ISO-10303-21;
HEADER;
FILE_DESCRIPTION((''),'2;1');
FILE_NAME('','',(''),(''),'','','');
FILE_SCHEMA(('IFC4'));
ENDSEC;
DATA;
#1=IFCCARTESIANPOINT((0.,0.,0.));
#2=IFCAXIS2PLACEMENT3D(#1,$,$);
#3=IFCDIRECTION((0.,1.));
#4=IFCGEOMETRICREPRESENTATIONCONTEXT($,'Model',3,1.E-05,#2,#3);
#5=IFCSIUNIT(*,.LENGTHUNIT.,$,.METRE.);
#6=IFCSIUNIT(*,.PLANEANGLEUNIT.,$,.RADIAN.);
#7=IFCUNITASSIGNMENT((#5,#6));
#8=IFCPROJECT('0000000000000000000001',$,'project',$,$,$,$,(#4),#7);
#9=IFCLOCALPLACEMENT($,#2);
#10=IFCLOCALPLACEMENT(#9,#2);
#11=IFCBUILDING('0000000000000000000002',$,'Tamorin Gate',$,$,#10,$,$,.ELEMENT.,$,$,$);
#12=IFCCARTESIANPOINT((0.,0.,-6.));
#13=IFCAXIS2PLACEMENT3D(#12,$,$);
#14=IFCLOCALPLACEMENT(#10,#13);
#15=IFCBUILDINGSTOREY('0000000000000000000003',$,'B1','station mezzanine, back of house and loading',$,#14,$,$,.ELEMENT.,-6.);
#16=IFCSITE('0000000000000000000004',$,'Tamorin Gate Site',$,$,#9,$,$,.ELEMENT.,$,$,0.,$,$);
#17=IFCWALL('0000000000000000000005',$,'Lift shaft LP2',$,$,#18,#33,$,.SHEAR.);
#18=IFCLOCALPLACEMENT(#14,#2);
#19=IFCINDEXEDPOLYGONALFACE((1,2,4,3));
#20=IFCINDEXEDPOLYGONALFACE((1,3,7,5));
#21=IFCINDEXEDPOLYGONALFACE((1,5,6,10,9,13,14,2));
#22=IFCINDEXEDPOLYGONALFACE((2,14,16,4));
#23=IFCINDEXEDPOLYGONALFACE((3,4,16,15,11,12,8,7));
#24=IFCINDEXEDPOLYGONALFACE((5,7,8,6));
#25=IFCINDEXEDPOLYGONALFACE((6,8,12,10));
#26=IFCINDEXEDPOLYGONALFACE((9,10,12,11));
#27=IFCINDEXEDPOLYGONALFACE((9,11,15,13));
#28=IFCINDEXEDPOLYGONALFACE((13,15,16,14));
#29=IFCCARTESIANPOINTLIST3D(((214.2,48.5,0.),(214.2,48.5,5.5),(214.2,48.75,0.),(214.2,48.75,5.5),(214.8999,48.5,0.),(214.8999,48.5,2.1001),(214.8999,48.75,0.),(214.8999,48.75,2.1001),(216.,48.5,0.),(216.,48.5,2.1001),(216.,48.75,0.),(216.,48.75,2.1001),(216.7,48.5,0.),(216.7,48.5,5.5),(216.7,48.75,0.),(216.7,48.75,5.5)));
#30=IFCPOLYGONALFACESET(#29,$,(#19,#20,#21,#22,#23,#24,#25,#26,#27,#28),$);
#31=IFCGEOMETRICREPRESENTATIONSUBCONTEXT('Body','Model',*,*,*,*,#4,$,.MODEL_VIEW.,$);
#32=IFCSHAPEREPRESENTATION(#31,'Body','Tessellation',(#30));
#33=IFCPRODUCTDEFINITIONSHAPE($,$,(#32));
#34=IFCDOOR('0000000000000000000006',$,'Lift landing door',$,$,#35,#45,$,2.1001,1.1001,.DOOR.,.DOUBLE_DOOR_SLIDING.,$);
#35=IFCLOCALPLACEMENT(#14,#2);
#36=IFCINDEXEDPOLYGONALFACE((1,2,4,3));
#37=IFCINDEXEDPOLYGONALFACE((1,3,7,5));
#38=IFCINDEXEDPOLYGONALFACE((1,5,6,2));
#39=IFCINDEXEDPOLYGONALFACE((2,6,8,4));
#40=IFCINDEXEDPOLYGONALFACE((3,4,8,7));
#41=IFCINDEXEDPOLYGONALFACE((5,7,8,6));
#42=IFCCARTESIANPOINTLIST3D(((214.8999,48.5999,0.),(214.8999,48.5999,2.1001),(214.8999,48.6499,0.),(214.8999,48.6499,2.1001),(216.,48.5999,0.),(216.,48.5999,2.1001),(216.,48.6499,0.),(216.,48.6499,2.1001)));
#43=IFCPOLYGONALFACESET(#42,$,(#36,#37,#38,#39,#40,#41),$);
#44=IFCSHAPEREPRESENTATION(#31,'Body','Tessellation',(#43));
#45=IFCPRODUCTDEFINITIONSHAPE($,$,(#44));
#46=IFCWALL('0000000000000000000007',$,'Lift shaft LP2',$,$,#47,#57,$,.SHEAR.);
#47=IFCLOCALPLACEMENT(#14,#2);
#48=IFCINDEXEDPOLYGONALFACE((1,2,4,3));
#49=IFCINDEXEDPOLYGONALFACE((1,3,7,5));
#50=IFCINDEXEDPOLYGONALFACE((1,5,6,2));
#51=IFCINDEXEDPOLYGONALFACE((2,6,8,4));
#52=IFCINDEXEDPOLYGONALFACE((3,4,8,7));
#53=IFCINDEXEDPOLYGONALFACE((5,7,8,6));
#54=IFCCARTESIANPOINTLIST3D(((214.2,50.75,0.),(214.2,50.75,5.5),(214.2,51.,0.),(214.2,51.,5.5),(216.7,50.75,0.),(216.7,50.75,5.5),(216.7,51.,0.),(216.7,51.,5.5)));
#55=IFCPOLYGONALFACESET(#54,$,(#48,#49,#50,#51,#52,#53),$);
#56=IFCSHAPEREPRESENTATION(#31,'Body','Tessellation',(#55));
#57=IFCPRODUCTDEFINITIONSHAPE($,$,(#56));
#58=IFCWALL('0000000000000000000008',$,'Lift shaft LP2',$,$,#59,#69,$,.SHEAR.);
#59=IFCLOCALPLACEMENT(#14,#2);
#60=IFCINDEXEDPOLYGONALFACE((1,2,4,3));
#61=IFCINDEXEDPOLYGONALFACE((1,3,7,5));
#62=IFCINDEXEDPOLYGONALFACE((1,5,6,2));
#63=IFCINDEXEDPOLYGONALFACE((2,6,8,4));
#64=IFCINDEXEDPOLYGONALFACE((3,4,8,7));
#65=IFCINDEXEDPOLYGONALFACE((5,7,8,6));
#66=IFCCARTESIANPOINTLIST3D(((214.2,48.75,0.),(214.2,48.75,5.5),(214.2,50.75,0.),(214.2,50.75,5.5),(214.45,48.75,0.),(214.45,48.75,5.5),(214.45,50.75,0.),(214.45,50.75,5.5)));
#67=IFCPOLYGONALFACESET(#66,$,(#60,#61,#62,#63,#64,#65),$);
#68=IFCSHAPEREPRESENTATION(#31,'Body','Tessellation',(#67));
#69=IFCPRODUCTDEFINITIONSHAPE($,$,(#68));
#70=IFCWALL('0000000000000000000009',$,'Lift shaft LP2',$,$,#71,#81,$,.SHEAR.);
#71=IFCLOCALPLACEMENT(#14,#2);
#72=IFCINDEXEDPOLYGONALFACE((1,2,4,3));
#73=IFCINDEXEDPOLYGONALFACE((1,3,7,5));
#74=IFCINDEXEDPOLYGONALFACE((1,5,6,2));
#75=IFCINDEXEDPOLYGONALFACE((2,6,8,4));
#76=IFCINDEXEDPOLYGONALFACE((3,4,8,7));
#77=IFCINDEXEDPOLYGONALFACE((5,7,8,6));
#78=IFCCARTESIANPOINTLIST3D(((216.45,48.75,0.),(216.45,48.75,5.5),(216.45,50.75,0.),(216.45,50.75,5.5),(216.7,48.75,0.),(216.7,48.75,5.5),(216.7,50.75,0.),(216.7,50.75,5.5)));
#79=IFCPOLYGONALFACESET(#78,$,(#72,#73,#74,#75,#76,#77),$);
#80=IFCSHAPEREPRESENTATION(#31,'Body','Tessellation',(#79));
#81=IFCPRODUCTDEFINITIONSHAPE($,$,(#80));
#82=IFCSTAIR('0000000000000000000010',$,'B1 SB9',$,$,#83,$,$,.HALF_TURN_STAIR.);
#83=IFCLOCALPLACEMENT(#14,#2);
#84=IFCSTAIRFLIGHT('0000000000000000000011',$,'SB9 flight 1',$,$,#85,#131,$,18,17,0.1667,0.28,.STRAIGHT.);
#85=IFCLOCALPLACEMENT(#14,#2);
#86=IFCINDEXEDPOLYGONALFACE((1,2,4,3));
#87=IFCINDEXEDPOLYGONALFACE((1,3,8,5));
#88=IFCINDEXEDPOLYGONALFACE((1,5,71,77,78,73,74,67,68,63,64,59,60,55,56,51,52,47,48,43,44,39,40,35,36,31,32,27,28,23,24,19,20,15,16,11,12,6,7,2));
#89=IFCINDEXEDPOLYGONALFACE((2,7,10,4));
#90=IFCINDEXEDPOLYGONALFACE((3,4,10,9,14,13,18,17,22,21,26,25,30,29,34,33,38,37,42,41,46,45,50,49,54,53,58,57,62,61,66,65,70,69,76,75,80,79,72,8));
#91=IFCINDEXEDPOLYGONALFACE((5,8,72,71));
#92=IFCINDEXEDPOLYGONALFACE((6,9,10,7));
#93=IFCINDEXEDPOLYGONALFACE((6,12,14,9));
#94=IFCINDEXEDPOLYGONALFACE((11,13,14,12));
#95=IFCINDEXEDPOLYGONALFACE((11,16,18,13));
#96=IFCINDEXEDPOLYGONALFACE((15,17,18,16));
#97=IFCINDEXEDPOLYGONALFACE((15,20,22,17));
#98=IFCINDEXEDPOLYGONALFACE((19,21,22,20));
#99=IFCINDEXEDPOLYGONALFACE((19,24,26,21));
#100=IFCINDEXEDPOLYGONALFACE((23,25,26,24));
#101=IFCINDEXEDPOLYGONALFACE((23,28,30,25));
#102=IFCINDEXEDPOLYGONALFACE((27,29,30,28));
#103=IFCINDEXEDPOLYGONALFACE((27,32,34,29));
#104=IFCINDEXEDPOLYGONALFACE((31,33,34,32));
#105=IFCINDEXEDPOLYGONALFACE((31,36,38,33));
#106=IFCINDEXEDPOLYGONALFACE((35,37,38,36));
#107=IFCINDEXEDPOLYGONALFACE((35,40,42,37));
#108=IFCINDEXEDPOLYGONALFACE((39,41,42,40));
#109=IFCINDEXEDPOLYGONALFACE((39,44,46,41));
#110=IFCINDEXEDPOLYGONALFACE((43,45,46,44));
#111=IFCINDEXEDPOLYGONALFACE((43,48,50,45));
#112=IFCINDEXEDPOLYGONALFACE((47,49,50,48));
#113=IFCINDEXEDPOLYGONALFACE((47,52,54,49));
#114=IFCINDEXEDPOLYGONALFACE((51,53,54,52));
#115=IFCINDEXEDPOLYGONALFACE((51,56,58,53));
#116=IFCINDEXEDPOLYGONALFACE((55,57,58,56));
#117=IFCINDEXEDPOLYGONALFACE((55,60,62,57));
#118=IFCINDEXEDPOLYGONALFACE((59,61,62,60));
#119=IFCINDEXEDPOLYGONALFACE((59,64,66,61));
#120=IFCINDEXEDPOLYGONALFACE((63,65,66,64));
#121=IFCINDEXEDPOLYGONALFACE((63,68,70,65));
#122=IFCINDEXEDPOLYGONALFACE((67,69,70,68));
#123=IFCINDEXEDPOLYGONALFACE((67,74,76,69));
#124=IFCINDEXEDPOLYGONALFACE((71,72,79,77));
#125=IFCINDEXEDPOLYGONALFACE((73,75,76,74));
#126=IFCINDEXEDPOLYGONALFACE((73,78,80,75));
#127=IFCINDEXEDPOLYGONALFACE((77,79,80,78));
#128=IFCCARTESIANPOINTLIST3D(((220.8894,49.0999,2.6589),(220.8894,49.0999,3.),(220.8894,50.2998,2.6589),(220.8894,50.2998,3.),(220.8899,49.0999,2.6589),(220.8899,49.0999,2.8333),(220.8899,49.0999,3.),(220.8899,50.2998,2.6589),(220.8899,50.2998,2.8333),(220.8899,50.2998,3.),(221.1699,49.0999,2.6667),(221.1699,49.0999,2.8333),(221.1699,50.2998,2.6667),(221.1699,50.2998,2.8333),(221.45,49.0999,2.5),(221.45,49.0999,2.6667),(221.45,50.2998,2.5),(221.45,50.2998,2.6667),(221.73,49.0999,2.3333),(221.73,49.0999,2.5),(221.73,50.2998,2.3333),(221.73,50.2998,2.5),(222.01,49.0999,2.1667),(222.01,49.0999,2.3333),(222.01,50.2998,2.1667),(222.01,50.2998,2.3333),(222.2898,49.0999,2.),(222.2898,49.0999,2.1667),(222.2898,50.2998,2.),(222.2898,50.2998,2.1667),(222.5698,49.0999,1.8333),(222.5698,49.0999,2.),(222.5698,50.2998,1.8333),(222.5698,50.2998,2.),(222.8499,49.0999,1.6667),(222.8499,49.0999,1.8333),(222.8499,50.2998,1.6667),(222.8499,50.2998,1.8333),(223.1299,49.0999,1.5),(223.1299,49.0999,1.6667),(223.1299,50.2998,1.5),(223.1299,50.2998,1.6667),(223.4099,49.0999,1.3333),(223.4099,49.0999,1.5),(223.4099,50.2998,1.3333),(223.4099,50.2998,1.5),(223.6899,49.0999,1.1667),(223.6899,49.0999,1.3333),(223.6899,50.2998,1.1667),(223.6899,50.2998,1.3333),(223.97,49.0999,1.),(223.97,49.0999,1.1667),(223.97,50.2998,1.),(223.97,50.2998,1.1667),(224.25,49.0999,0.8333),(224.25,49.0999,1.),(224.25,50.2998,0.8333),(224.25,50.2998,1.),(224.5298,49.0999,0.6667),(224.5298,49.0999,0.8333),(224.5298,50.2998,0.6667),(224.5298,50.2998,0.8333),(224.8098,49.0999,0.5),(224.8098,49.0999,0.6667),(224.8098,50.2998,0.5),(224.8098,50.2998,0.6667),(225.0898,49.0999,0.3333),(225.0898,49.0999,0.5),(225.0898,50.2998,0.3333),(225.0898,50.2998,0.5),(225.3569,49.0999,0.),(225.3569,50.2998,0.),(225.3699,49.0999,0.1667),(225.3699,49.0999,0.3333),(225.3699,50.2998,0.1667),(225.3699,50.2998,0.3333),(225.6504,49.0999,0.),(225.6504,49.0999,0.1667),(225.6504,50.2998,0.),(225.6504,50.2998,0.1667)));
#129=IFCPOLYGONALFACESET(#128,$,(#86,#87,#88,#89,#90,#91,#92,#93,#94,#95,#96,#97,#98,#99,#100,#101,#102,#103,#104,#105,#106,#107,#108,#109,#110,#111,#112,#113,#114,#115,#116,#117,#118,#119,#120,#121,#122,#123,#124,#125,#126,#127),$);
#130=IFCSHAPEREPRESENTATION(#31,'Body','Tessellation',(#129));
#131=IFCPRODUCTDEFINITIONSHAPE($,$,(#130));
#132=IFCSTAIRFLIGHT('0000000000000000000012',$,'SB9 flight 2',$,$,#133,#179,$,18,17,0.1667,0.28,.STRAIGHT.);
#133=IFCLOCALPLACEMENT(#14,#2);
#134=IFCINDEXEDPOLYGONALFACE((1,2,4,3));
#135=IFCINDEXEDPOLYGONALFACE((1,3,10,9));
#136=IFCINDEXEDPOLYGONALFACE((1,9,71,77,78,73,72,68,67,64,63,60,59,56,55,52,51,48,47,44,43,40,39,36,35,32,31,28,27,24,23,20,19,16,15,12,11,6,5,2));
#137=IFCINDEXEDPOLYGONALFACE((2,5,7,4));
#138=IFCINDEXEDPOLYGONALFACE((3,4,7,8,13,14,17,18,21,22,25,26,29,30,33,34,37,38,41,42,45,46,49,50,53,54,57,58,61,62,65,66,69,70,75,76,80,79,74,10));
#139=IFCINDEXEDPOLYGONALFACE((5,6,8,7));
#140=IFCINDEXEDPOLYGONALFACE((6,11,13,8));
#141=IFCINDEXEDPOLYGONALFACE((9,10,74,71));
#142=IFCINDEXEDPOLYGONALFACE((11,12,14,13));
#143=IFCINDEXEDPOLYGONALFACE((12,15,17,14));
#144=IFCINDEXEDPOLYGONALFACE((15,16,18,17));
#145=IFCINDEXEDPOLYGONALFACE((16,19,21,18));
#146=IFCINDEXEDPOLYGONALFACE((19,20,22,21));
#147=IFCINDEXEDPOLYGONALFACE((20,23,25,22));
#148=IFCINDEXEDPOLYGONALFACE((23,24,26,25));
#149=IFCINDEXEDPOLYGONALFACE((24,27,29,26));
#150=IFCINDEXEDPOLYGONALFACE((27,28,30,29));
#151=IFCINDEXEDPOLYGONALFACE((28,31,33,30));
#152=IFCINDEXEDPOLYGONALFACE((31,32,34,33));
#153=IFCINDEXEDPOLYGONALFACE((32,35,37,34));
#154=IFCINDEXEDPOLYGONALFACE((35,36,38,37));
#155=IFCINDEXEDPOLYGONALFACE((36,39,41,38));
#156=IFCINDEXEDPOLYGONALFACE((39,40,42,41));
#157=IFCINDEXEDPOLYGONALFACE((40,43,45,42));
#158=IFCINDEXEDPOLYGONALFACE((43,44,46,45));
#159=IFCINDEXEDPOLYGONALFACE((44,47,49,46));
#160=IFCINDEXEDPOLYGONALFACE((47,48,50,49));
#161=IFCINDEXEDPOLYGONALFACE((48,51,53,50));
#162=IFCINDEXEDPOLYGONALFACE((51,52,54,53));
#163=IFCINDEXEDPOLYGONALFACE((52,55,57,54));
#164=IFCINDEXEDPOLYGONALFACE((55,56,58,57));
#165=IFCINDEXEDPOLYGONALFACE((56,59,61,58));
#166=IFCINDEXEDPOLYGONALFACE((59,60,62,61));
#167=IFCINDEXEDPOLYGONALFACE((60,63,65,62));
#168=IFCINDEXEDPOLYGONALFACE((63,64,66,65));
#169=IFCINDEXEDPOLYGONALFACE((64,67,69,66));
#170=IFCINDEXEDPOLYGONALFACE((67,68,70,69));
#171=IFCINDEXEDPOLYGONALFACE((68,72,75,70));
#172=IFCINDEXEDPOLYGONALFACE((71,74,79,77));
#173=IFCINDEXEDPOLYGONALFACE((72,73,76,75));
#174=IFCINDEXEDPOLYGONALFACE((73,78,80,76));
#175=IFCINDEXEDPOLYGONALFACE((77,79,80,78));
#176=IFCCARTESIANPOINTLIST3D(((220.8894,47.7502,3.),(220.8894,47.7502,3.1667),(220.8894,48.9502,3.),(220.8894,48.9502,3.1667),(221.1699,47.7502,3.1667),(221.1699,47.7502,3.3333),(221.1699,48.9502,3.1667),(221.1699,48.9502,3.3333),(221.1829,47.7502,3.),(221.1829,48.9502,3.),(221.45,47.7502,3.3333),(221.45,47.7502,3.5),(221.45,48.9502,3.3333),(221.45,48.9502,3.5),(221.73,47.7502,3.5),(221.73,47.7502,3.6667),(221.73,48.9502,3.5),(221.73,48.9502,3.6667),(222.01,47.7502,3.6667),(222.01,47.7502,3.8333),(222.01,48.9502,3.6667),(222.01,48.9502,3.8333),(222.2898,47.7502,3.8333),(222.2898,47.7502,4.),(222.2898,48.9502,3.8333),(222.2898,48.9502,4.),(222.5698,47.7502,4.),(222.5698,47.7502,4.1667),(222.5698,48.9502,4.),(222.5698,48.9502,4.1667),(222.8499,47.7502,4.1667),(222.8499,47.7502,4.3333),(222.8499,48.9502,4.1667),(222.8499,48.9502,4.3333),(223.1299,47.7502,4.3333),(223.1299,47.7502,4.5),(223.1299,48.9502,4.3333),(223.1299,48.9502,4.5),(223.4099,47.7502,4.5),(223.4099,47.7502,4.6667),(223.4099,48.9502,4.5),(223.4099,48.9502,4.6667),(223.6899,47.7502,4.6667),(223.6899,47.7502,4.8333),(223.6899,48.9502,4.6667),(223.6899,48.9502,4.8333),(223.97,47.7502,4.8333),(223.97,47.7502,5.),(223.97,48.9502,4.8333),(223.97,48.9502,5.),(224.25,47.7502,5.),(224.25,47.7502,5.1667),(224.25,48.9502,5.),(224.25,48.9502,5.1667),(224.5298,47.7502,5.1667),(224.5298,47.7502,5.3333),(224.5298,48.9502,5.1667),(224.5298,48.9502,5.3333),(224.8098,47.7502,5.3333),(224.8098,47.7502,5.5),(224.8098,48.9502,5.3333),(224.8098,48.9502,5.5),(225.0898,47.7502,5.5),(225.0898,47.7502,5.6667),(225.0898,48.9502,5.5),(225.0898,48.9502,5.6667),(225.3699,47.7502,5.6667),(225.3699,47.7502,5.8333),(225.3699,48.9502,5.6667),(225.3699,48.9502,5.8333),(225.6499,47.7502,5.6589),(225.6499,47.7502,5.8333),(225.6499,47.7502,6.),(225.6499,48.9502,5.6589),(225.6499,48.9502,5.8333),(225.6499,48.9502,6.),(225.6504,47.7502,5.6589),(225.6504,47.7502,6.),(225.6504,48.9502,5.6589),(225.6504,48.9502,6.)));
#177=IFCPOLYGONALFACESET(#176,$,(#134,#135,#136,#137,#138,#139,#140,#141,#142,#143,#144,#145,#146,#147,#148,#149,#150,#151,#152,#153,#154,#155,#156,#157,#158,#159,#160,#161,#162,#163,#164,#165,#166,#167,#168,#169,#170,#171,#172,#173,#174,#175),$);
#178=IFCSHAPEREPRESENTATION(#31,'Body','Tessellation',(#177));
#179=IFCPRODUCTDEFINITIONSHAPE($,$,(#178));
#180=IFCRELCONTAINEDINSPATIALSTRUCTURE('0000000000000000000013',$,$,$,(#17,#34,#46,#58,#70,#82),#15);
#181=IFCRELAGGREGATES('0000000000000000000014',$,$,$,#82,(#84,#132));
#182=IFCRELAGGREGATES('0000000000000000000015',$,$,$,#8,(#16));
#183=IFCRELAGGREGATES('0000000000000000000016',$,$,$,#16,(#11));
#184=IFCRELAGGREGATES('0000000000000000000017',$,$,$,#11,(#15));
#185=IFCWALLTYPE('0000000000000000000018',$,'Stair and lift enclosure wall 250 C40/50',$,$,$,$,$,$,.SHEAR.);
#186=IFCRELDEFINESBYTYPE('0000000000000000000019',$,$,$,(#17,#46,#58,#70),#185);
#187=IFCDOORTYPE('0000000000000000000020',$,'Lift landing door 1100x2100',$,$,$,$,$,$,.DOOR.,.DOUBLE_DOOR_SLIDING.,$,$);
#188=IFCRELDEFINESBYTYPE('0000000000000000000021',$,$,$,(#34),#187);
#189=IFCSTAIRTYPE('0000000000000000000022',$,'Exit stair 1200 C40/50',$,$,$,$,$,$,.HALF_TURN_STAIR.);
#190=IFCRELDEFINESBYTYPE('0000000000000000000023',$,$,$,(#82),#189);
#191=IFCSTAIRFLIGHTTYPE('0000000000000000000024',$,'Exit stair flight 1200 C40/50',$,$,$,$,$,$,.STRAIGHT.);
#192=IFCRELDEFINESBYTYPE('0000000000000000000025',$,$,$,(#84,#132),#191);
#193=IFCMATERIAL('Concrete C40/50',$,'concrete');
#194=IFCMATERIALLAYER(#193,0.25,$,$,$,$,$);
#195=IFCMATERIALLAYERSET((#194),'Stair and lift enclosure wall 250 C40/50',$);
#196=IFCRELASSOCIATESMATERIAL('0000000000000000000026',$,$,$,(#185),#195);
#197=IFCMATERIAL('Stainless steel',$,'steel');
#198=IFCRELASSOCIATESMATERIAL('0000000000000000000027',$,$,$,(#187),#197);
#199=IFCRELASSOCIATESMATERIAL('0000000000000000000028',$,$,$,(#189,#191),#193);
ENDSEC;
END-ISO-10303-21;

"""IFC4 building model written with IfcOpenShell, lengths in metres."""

from ifc_helpers import new_model, si_unit, direction, frame, frame_2d, origin, place, context, subcontext, project, spatial, polyline, rectangle, outline, extrude, material, layer, layer_set, type_object, element, fill, aggregate, save


model = new_model("IFC4")

# Units and contexts
model_context = context("Model", 3, precision=1e-05, world=origin(), true_north=direction((0.0, 1.0)))
body_context = subcontext(model_context, "Body", "Model", "MODEL_VIEW")
ifc_project = project(units=[si_unit("LENGTHUNIT", "METRE"), si_unit("PLANEANGLEUNIT", "RADIAN")], contexts=[model_context])

# Site, building, storey
site_placement = place(None, origin())
site = spatial("IfcSite", under=ifc_project, at=site_placement, Name="Tamorin Gate Site", CompositionType="ELEMENT", RefElevation=0.0)
building_placement = place(site_placement, origin())
building = spatial("IfcBuilding", under=site, at=building_placement, Name="Tamorin Gate", CompositionType="ELEMENT")
storey_placement = place(building_placement, frame((0.0, 0.0, -6.0)))
storey = spatial("IfcBuildingStorey", under=building, at=storey_placement, Name="B1", Description="station mezzanine, back of house and loading", CompositionType="ELEMENT", Elevation=-6.0)

# Shared definitions
ifc_material_1 = material(Name="Concrete C40/50", Category="concrete")

# Shared definitions
ifc_layer_1 = layer(ifc_material_1, 0.25)
ifc_layer_set_1 = layer_set([ifc_layer_1], Name="Stair and lift enclosure wall 250 C40/50")
wall_type_1 = type_object("IfcWallType", Name="Stair and lift enclosure wall 250 C40/50", PredefinedType="SHEAR", material=ifc_layer_set_1)

# Wall, opening, door
wall_1_placement = place(storey_placement, frame((214.2, 48.625, 0.0), z_axis=(0.0, 0.0, 1.0), x_axis=(1.0, 0.0, 0.0)))
wall_1 = element("IfcWall", 1, at=wall_1_placement, inside=storey, type_object=wall_type_1, Name="Lift shaft LP2", PredefinedType="SHEAR", context=body_context, shape_type="SweptSolid", body=[
    extrude(rectangle(XDim=2.5, YDim=0.25, at=frame_2d((1.25, 0.0))), origin(), (0.0, 0.0, 1.0), 5.5),
])
opening_1_placement = place(wall_1_placement, frame((0.7, 0.0, 0.0)))
opening_1 = element("IfcOpeningElement", 2, at=opening_1_placement, cuts=wall_1, PredefinedType="OPENING", context=body_context, shape_type="SweptSolid", body=[
    extrude(rectangle(XDim=1.1001, YDim=2.1001, at=frame_2d((0.55, 1.05))), frame((0.0, 0.135, 0.0), z_axis=(0.0, -1.0, 0.0), x_axis=(1.0, 0.0, 0.0)), (0.0, 0.0, 1.0), 0.27),
])
ifc_material_2 = material(Name="Stainless steel", Category="steel")
door_type_1 = type_object("IfcDoorType", Name="Lift landing door 1100x2100", OperationType="DOUBLE_DOOR_SLIDING", PredefinedType="DOOR", material=ifc_material_2)
door_1_placement = place(opening_1_placement, origin())
door_1 = element("IfcDoor", 3, at=door_1_placement, inside=storey, type_object=door_type_1, Name="Lift landing door", OperationType="DOUBLE_DOOR_SLIDING", OverallHeight=2.1001, OverallWidth=1.1001, PredefinedType="DOOR", context=body_context, shape_type="SweptSolid", body=[
    extrude(rectangle(XDim=1.1001, YDim=2.1001, at=frame_2d((0.55, 1.05))), frame((0.0, 0.0249, 0.0), z_axis=(0.0, -1.0, 0.0), x_axis=(1.0, 0.0, 0.0)), (0.0, 0.0, 1.0), 0.05),
])
fill(opening_1, door_1)

# Walls
wall_2_placement = place(storey_placement, frame((214.2, 50.875, 0.0), z_axis=(0.0, 0.0, 1.0), x_axis=(1.0, 0.0, 0.0)))
element("IfcWall", 4, at=wall_2_placement, inside=storey, type_object=wall_type_1, Name="Lift shaft LP2", PredefinedType="SHEAR", context=body_context, shape_type="SweptSolid", body=[
    extrude(rectangle(XDim=2.5, YDim=0.25, at=frame_2d((1.25, 0.0))), origin(), (0.0, 0.0, 1.0), 5.5),
])
for number, where, z_axis, x_axis, name in (
    (5, (214.325, 48.75, 0.0), (0.0, 0.0, 1.0), (0.0, 1.0, 0.0), "Lift shaft LP2"),
    (6, (216.575, 48.75, 0.0), (0.0, 0.0, 1.0), (0.0, 1.0, 0.0), "Lift shaft LP2"),
):
    element("IfcWall", number, at=place(storey_placement, frame(where, z_axis=z_axis, x_axis=x_axis)), inside=storey, type_object=wall_type_1, Name=name, PredefinedType="SHEAR", context=body_context, shape_type="SweptSolid", body=[
        extrude(rectangle(XDim=2.0, YDim=0.25, at=frame_2d((1.0, 0.0))), origin(), (0.0, 0.0, 1.0), 5.5),
    ])

# Stair, stair flights
stair_type = type_object("IfcStairType", Name="Exit stair 1200 C40/50", PredefinedType="HALF_TURN_STAIR", material=ifc_material_1)
stair_placement = place(storey_placement, origin())
stair = element("IfcStair", 7, at=stair_placement, inside=storey, type_object=stair_type, Name="B1 SB9", PredefinedType="HALF_TURN_STAIR")
stair_flight_type = type_object("IfcStairFlightType", Name="Exit stair flight 1200 C40/50", PredefinedType="STRAIGHT", material=ifc_material_1)
stair_flight_1_placement = place(storey_placement, frame((225.6499, 49.7, 0.0), z_axis=(0.0, 0.0, 1.0), x_axis=(-1.0, 0.0, 0.0)))
stair_flight_1 = element("IfcStairFlight", 8, at=stair_flight_1_placement, type_object=stair_flight_type, Name="SB9 flight 1", NumberOfRisers=18, NumberOfTreads=17, PredefinedType="STRAIGHT", RiserHeight=0.1667, TreadLength=0.28, context=body_context, shape_type="SweptSolid", body=[
    extrude(outline(polyline([(-0.0005, 0.0), (-0.0005, 0.1667), (0.28, 0.1667), (0.28, 0.3333), (0.5601, 0.3333), (0.5601, 0.5), (0.8401, 0.5), (0.8401, 0.6667), (1.1201, 0.6667), (1.1201, 0.8333), (1.3999, 0.8333), (1.3999, 1.0), (1.6799, 1.0), (1.6799, 1.1667), (1.96, 1.1667), (1.96, 1.3333), (2.24, 1.3333), (2.24, 1.5), (2.52, 1.5), (2.52, 1.6667), (2.8, 1.6667), (2.8, 1.8333), (3.0801, 1.8333), (3.0801, 2.0), (3.3601, 2.0), (3.3601, 2.1667), (3.6399, 2.1667), (3.6399, 2.3333), (3.9199, 2.3333), (3.9199, 2.5), (4.2, 2.5), (4.2, 2.6667), (4.48, 2.6667), (4.48, 2.8333), (4.76, 2.8333), (4.76, 3.0), (4.7605, 3.0), (4.7605, 2.6589), (4.76, 2.6589), (0.293, 0.0), (-0.0005, 0.0)])), frame((0.0, 0.6001, 0.0), z_axis=(0.0, -1.0, 0.0), x_axis=(1.0, 0.0, 0.0)), (0.0, 0.0, 1.0), 1.2),
])
stair_flight_2_placement = place(storey_placement, frame((220.8899, 48.3501, 3.0), z_axis=(0.0, 0.0, 1.0), x_axis=(1.0, 0.0, 0.0)))
stair_flight_2 = element("IfcStairFlight", 9, at=stair_flight_2_placement, type_object=stair_flight_type, Name="SB9 flight 2", NumberOfRisers=18, NumberOfTreads=17, PredefinedType="STRAIGHT", RiserHeight=0.1667, TreadLength=0.28, context=body_context, shape_type="SweptSolid", body=[
    extrude(outline(polyline([(-0.0005, 0.0), (-0.0005, 0.1667), (0.28, 0.1667), (0.28, 0.3333), (0.5601, 0.3333), (0.5601, 0.5), (0.8401, 0.5), (0.8401, 0.6667), (1.1201, 0.6667), (1.1201, 0.8333), (1.3999, 0.8333), (1.3999, 1.0), (1.6799, 1.0), (1.6799, 1.1667), (1.96, 1.1667), (1.96, 1.3333), (2.24, 1.3333), (2.24, 1.5), (2.52, 1.5), (2.52, 1.6667), (2.8, 1.6667), (2.8, 1.8333), (3.0801, 1.8333), (3.0801, 2.0), (3.3601, 2.0), (3.3601, 2.1667), (3.6399, 2.1667), (3.6399, 2.3333), (3.9199, 2.3333), (3.9199, 2.5), (4.2, 2.5), (4.2, 2.6667), (4.48, 2.6667), (4.48, 2.8333), (4.76, 2.8333), (4.76, 3.0), (4.7605, 3.0), (4.7605, 2.6589), (4.76, 2.6589), (0.293, 0.0), (-0.0005, 0.0)])), frame((0.0, 0.6001, 0.0), z_axis=(0.0, -1.0, 0.0), x_axis=(1.0, 0.0, 0.0)), (0.0, 0.0, 1.0), 1.2),
])
aggregate(stair, [stair_flight_1, stair_flight_2])

save(model, "model.ifc")
